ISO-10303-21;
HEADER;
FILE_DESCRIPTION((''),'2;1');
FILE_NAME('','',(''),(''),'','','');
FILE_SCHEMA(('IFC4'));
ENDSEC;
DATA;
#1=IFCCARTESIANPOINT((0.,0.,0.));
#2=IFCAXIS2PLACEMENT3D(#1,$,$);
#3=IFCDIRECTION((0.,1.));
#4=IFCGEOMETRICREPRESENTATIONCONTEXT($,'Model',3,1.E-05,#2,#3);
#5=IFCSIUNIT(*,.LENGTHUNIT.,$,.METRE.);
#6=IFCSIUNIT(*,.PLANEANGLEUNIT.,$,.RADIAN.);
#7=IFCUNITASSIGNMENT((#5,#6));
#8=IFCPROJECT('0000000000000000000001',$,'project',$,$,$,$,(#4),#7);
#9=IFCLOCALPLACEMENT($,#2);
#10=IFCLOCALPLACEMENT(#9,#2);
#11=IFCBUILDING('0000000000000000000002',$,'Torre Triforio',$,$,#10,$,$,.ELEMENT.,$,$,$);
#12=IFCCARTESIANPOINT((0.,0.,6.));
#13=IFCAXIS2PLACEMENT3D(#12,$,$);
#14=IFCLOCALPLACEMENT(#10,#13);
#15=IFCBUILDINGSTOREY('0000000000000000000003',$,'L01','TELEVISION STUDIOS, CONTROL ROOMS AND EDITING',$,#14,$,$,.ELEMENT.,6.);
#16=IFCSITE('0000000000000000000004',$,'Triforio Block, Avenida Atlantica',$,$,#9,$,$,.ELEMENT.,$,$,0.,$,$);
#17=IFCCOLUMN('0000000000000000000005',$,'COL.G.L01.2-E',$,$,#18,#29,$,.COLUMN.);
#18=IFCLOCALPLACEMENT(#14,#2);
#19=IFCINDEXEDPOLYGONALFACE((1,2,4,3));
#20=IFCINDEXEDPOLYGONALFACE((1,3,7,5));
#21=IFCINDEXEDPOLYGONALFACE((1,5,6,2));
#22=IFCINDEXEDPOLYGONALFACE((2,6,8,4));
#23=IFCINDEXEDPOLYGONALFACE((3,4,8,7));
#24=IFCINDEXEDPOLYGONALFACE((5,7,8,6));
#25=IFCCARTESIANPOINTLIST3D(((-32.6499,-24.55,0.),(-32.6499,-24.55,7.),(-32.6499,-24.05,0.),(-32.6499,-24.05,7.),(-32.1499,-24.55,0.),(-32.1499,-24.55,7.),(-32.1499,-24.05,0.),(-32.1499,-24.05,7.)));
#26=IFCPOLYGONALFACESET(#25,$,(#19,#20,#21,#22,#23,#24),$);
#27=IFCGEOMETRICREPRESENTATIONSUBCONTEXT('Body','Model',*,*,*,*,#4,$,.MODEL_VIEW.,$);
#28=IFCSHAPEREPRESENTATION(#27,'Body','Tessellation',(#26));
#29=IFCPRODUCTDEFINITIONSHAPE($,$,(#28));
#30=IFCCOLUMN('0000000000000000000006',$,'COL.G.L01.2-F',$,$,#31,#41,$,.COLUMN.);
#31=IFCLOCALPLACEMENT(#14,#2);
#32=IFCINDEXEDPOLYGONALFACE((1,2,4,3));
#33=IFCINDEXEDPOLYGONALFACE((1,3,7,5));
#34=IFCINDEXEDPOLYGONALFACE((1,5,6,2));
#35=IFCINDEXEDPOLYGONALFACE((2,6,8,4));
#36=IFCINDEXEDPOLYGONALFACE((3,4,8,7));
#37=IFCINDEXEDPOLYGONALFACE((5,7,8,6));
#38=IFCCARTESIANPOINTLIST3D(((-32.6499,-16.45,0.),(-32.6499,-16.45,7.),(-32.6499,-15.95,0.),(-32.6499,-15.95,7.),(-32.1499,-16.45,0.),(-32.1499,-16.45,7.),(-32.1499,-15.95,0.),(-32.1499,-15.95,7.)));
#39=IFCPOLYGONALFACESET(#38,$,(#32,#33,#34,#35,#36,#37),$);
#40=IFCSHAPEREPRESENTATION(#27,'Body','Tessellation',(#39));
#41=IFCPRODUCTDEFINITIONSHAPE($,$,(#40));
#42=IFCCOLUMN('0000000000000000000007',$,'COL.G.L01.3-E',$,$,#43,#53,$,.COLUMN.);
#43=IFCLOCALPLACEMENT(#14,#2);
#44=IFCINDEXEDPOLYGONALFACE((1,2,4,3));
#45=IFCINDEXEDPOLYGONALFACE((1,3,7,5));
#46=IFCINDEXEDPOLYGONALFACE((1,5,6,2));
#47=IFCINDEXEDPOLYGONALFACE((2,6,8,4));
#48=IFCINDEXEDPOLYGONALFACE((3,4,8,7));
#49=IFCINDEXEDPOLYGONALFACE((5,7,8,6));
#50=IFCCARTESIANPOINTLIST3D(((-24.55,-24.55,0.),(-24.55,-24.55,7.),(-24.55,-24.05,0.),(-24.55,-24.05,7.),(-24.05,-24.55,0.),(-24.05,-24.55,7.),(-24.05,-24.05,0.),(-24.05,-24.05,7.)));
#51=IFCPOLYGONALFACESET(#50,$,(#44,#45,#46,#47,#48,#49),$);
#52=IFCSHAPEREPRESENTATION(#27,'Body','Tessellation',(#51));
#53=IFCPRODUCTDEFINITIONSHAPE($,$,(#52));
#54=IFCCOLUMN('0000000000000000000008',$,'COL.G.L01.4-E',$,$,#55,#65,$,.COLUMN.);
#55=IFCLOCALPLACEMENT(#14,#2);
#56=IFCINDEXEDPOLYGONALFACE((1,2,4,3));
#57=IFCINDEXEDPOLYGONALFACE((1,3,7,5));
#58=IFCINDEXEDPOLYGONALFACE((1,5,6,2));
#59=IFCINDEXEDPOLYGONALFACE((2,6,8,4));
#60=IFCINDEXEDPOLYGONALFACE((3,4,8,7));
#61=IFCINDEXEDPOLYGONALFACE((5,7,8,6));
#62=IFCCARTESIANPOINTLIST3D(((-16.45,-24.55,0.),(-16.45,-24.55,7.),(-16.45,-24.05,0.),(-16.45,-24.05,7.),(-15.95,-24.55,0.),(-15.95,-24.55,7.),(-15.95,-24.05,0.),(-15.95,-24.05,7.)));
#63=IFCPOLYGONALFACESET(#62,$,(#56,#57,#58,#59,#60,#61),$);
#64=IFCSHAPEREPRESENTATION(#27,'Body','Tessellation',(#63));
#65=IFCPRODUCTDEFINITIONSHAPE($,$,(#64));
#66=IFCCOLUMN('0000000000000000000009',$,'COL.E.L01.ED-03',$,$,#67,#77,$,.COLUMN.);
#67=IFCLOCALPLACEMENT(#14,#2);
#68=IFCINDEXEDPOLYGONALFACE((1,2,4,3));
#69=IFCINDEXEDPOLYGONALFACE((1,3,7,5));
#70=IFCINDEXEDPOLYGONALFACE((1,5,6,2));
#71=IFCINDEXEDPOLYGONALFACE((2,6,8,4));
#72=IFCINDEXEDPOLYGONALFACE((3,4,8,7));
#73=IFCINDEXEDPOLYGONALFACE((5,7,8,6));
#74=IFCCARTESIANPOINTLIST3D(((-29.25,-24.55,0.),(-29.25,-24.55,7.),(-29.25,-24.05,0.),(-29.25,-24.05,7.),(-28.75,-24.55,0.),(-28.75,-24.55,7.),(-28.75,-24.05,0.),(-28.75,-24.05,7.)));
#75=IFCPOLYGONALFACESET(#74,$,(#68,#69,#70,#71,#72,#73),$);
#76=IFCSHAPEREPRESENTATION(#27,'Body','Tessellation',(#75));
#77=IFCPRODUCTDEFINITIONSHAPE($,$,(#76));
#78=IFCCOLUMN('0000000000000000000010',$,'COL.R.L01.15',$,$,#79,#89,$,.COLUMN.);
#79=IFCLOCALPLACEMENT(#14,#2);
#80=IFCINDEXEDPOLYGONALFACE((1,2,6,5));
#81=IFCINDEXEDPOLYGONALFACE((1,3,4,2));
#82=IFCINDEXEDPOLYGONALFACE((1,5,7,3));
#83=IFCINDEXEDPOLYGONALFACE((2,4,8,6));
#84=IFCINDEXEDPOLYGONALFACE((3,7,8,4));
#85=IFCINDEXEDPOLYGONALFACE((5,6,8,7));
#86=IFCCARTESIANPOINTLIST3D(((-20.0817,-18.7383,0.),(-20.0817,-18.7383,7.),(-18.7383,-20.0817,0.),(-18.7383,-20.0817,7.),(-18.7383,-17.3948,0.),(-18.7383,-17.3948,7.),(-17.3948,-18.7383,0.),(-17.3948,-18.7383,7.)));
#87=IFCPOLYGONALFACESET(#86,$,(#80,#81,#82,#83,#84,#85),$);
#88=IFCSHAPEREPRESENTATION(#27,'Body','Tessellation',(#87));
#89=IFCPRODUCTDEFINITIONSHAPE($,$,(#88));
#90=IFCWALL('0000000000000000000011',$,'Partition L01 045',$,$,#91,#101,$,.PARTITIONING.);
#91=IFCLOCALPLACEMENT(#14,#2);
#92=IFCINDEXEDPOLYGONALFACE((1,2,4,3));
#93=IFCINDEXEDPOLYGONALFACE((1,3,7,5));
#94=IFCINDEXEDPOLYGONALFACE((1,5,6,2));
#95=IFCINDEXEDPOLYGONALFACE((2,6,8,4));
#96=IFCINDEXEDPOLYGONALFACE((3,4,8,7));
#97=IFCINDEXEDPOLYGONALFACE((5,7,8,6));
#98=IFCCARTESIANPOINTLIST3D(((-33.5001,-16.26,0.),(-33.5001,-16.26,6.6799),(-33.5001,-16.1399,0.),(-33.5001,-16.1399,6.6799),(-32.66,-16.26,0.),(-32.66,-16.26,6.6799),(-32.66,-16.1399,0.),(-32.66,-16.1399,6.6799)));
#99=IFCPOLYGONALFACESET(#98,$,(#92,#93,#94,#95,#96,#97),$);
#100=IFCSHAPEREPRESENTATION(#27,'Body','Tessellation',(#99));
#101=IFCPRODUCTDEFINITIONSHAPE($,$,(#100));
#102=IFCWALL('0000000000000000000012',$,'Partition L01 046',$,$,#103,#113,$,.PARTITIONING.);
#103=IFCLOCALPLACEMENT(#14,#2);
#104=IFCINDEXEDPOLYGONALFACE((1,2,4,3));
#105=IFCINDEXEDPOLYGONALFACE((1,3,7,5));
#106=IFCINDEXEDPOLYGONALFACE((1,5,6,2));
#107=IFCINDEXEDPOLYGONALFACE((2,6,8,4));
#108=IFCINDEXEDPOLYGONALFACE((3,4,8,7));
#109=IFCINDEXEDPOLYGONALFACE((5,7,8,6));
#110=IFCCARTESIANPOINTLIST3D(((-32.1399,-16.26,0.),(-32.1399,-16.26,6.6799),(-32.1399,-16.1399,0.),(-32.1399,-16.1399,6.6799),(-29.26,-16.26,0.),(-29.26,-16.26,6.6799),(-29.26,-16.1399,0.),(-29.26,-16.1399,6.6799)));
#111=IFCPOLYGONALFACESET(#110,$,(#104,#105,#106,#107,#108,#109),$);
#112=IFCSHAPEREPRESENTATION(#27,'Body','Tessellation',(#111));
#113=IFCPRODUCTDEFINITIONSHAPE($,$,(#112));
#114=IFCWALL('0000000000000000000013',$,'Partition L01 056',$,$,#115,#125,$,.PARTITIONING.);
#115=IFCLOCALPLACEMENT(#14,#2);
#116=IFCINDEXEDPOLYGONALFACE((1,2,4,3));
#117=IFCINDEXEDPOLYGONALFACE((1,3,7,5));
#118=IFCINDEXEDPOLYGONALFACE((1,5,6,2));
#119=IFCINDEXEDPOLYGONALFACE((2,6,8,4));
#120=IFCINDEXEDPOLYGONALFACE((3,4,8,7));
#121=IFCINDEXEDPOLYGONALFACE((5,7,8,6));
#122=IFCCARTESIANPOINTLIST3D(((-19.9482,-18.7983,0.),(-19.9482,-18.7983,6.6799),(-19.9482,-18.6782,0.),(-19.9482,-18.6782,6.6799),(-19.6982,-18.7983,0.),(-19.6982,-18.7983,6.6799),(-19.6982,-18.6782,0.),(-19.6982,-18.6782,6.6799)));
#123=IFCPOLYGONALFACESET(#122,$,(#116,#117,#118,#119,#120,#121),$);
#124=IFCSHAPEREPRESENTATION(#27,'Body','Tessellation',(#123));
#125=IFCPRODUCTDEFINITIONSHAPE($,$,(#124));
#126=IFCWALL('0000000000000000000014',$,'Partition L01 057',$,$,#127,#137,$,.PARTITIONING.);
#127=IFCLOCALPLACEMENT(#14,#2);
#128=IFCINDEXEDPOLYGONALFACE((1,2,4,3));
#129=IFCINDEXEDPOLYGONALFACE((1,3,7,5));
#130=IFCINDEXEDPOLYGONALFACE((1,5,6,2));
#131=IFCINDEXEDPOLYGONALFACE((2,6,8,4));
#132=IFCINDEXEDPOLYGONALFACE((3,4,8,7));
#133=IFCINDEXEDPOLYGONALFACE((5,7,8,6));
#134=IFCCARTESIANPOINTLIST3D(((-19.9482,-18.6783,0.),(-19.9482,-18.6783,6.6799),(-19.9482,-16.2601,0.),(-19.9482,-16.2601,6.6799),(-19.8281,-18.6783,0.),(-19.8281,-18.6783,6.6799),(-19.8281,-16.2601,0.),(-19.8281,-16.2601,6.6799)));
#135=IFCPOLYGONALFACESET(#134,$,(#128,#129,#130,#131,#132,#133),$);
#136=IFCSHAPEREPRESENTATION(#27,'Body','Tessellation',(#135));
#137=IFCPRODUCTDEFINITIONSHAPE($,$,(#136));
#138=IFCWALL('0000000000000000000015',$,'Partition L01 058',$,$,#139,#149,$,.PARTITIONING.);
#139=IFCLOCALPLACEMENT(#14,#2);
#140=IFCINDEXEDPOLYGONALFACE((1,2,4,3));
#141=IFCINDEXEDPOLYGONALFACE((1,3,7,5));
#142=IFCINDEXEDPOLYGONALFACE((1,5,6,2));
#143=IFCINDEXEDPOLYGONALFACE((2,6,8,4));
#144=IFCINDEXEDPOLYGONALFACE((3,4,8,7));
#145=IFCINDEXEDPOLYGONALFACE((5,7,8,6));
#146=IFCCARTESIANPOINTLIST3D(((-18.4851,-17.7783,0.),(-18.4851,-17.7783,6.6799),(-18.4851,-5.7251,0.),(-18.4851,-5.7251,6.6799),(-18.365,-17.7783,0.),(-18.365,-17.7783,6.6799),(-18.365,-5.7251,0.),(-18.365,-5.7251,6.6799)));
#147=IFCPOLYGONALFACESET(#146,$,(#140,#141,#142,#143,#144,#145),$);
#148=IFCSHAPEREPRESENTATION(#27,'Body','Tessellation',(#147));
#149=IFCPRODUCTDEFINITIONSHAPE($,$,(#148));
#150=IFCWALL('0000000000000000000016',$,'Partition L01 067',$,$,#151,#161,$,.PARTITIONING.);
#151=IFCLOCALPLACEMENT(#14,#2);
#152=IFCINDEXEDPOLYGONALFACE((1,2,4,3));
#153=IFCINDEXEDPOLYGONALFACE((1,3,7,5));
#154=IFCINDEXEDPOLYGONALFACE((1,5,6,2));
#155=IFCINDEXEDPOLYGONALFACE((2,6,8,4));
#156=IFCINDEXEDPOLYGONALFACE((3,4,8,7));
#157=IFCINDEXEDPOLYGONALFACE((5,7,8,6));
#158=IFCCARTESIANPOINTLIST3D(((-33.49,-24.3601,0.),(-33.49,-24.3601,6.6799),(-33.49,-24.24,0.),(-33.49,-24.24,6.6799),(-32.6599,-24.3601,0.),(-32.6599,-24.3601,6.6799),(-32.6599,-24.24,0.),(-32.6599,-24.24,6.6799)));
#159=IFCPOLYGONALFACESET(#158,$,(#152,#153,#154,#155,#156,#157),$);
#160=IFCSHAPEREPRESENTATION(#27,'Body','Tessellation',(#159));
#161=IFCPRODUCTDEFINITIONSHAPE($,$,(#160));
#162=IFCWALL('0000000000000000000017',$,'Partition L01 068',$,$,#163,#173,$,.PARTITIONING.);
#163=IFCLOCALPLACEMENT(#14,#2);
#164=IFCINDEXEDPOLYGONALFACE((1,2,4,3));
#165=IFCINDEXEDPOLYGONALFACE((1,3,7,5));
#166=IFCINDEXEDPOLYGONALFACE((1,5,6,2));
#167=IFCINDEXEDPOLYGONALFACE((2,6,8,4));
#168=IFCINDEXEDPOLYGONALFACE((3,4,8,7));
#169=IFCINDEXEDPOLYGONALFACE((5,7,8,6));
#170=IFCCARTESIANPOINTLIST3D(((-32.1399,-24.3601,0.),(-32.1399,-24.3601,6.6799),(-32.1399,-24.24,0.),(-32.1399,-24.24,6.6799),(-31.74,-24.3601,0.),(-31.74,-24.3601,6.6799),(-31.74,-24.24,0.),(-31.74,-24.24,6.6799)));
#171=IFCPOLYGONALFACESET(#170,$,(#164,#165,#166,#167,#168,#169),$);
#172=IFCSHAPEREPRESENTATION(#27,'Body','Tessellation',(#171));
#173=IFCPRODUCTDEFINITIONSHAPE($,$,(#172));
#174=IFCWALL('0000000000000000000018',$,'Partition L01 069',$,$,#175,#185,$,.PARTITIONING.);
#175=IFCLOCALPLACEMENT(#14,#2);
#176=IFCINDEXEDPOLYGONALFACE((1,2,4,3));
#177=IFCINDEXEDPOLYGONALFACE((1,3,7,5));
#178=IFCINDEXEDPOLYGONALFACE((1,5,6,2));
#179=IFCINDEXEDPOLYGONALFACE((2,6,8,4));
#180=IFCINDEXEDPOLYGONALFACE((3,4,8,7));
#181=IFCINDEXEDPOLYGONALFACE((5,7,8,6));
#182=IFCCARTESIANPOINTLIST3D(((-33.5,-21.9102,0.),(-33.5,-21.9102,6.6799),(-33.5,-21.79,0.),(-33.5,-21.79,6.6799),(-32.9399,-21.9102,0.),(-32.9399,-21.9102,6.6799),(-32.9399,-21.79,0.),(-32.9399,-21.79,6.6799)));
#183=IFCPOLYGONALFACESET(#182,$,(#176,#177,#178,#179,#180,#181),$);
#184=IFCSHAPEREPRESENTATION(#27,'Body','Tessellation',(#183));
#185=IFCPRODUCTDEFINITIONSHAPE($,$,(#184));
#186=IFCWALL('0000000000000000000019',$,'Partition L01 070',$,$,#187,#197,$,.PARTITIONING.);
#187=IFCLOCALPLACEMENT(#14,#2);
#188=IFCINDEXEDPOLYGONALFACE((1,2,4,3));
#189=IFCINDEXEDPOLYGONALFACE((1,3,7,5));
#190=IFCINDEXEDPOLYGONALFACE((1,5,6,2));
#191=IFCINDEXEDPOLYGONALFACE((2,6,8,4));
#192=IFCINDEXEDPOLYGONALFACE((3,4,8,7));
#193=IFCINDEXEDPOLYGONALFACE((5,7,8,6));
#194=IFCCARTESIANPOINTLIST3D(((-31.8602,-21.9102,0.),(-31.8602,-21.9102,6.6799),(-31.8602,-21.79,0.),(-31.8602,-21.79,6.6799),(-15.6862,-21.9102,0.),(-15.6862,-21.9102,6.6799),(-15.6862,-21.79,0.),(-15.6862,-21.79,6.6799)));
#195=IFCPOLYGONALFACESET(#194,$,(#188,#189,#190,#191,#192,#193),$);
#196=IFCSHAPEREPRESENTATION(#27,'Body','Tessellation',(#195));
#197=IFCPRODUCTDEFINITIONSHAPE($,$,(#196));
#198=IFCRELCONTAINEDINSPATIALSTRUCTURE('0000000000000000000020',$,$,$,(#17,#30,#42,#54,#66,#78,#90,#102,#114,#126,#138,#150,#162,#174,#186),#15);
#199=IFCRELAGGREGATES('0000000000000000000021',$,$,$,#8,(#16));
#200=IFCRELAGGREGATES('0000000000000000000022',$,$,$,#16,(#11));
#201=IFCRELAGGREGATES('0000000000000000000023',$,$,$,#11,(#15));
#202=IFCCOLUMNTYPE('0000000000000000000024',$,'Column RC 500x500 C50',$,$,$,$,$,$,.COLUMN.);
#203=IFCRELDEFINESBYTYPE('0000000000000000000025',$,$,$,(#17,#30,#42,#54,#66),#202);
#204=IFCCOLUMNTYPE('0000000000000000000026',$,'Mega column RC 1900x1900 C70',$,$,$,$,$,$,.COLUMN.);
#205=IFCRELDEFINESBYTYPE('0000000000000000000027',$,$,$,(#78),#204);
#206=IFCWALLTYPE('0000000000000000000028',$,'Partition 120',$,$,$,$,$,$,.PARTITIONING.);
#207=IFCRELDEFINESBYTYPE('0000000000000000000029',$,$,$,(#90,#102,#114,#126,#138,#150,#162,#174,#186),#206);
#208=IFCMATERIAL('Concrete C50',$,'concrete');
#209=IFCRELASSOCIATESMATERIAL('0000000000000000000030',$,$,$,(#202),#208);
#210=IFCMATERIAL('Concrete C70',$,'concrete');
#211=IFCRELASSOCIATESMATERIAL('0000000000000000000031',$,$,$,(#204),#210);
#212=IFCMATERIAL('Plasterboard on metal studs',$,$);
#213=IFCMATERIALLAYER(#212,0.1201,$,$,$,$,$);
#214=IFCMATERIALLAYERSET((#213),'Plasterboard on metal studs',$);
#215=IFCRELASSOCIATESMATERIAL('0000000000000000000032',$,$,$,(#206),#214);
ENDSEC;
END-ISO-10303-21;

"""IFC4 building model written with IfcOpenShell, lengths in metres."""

from ifc_helpers import new_model, si_unit, direction, frame, frame_2d, origin, origin_2d, place, context, subcontext, project, spatial, rectangle, extrude, material, layer, layer_set, material_profile, profile_set, type_object, element, save


model = new_model("IFC4")

# Units and contexts
model_context = context("Model", 3, precision=1e-05, world=origin(), true_north=direction((0.0, 1.0)))
body_context = subcontext(model_context, "Body", "Model", "MODEL_VIEW")
ifc_project = project(units=[si_unit("LENGTHUNIT", "METRE"), si_unit("PLANEANGLEUNIT", "RADIAN")], contexts=[model_context])

# Site, building, storey
site_placement = place(None, origin())
site = spatial("IfcSite", under=ifc_project, at=site_placement, Name="Triforio Block, Avenida Atlantica", CompositionType="ELEMENT", RefElevation=0.0)
building_placement = place(site_placement, origin())
building = spatial("IfcBuilding", under=site, at=building_placement, Name="Torre Triforio", CompositionType="ELEMENT")
storey_placement = place(building_placement, frame((0.0, 0.0, 6.0)))
storey = spatial("IfcBuildingStorey", under=building, at=storey_placement, Name="L01", Description="TELEVISION STUDIOS, CONTROL ROOMS AND EDITING", CompositionType="ELEMENT", Elevation=6.0)

# Columns
ifc_material_1 = material(Name="Concrete C50", Category="concrete")
ifc_material_profile_1 = material_profile(ifc_material_1, rectangle(XDim=0.5, YDim=0.5, at=origin_2d()), Name="RC 500x500")
ifc_profile_set_1 = profile_set([ifc_material_profile_1], Name="Concrete C50")
column_type_1 = type_object("IfcColumnType", Name="Column RC 500x500 C50", PredefinedType="COLUMN", material=ifc_profile_set_1)
for number, where, z_axis, x_axis, name in (
    (1, (-32.3999, -24.3, 0.0), (0.0, 0.0, 1.0), (1.0, 0.0, 0.0), "COL.G.L01.2-E"),
    (2, (-32.3999, -16.2, 0.0), (0.0, 0.0, 1.0), (1.0, 0.0, 0.0), "COL.G.L01.2-F"),
    (3, (-24.3, -24.3, 0.0), (0.0, 0.0, 1.0), (1.0, 0.0, 0.0), "COL.G.L01.3-E"),
    (4, (-16.2, -24.3, 0.0), (0.0, 0.0, 1.0), (1.0, 0.0, 0.0), "COL.G.L01.4-E"),
    (5, (-29.0, -24.3, 0.0), (0.0, 0.0, 1.0), (1.0, 0.0, 0.0), "COL.E.L01.ED-03"),
):
    element("IfcColumn", number, at=place(storey_placement, frame(where, z_axis=z_axis, x_axis=x_axis)), inside=storey, type_object=column_type_1, Name=name, PredefinedType="COLUMN", context=body_context, shape_type="SweptSolid", body=[
        extrude(rectangle(XDim=0.5, YDim=0.5, at=origin_2d()), origin(), (0.0, 0.0, 1.0), 7.0),
    ])
ifc_material_2 = material(Name="Concrete C70", Category="concrete")
ifc_material_profile_2 = material_profile(ifc_material_2, rectangle(XDim=1.8999, YDim=1.8999, at=origin_2d()), Name="RC 1900x1900")
ifc_profile_set_2 = profile_set([ifc_material_profile_2], Name="Concrete C70")
column_type_2 = type_object("IfcColumnType", Name="Mega column RC 1900x1900 C70", PredefinedType="COLUMN", material=ifc_profile_set_2)
column_placement = place(storey_placement, frame((-18.7383, -18.7383, 0.0), z_axis=(0.0, 0.0, 1.0), x_axis=(0.707107, -0.707107, 0.0)))
element("IfcColumn", 6, at=column_placement, inside=storey, type_object=column_type_2, Name="COL.R.L01.15", PredefinedType="COLUMN", context=body_context, shape_type="SweptSolid", body=[
    extrude(rectangle(XDim=1.8999, YDim=1.8999, at=origin_2d()), origin(), (0.0, 0.0, 1.0), 7.0),
])

# Walls
ifc_material_3 = material(Name="Plasterboard on metal studs")
ifc_layer_1 = layer(ifc_material_3, 0.1201)
ifc_layer_set_1 = layer_set([ifc_layer_1], Name="Plasterboard on metal studs")
wall_type_1 = type_object("IfcWallType", Name="Partition 120", PredefinedType="PARTITIONING", material=ifc_layer_set_1)
wall_1_placement = place(storey_placement, frame((-33.5, -16.2, 0.0), z_axis=(0.0, 0.0, 1.0), x_axis=(1.0, 0.0, 0.0)))
element("IfcWall", 7, at=wall_1_placement, inside=storey, type_object=wall_type_1, Name="Partition L01 045", PredefinedType="PARTITIONING", context=body_context, shape_type="SweptSolid", body=[
    extrude(rectangle(XDim=0.8401, YDim=0.1201, at=frame_2d((0.4199, 0.0))), origin(), (0.0, 0.0, 1.0), 6.6799),
])
wall_2_placement = place(storey_placement, frame((-32.1399, -16.2, 0.0), z_axis=(0.0, 0.0, 1.0), x_axis=(1.0, 0.0, 0.0)))
element("IfcWall", 8, at=wall_2_placement, inside=storey, type_object=wall_type_1, Name="Partition L01 046", PredefinedType="PARTITIONING", context=body_context, shape_type="SweptSolid", body=[
    extrude(rectangle(XDim=2.8799, YDim=0.1201, at=frame_2d((1.4399, 0.0))), origin(), (0.0, 0.0, 1.0), 6.6799),
])
wall_3_placement = place(storey_placement, frame((-19.9482, -18.7383, 0.0), z_axis=(0.0, 0.0, 1.0), x_axis=(1.0, 0.0, 0.0)))
element("IfcWall", 9, at=wall_3_placement, inside=storey, type_object=wall_type_1, Name="Partition L01 056", PredefinedType="PARTITIONING", context=body_context, shape_type="SweptSolid", body=[
    extrude(rectangle(XDim=0.25, YDim=0.1201, at=frame_2d((0.125, 0.0))), origin(), (0.0, 0.0, 1.0), 6.6799),
])
wall_4_placement = place(storey_placement, frame((-19.8882, -18.6782, 0.0), z_axis=(0.0, 0.0, 1.0), x_axis=(0.0, 1.0, 0.0)))
element("IfcWall", 10, at=wall_4_placement, inside=storey, type_object=wall_type_1, Name="Partition L01 057", PredefinedType="PARTITIONING", context=body_context, shape_type="SweptSolid", body=[
    extrude(rectangle(XDim=2.4182, YDim=0.1201, at=frame_2d((1.209, 0.0))), origin(), (0.0, 0.0, 1.0), 6.6799),
])
wall_5_placement = place(storey_placement, frame((-18.425, -17.7783, 0.0), z_axis=(0.0, 0.0, 1.0), x_axis=(0.0, 1.0, 0.0)))
element("IfcWall", 11, at=wall_5_placement, inside=storey, type_object=wall_type_1, Name="Partition L01 058", PredefinedType="PARTITIONING", context=body_context, shape_type="SweptSolid", body=[
    extrude(rectangle(XDim=12.0532, YDim=0.1201, at=frame_2d((6.0266, 0.0))), origin(), (0.0, 0.0, 1.0), 6.6799),
])
wall_6_placement = place(storey_placement, frame((-33.49, -24.3, 0.0), z_axis=(0.0, 0.0, 1.0), x_axis=(1.0, 0.0, 0.0)))
element("IfcWall", 12, at=wall_6_placement, inside=storey, type_object=wall_type_1, Name="Partition L01 067", PredefinedType="PARTITIONING", context=body_context, shape_type="SweptSolid", body=[
    extrude(rectangle(XDim=0.8301, YDim=0.1201, at=frame_2d((0.415, 0.0))), origin(), (0.0, 0.0, 1.0), 6.6799),
])
wall_7_placement = place(storey_placement, frame((-32.1399, -24.3, 0.0), z_axis=(0.0, 0.0, 1.0), x_axis=(1.0, 0.0, 0.0)))
element("IfcWall", 13, at=wall_7_placement, inside=storey, type_object=wall_type_1, Name="Partition L01 068", PredefinedType="PARTITIONING", context=body_context, shape_type="SweptSolid", body=[
    extrude(rectangle(XDim=0.3999, YDim=0.1201, at=frame_2d((0.2, 0.0))), origin(), (0.0, 0.0, 1.0), 6.6799),
])
wall_8_placement = place(storey_placement, frame((-33.5, -21.8501, 0.0), z_axis=(0.0, 0.0, 1.0), x_axis=(1.0, 0.0, 0.0)))
element("IfcWall", 14, at=wall_8_placement, inside=storey, type_object=wall_type_1, Name="Partition L01 069", PredefinedType="PARTITIONING", context=body_context, shape_type="SweptSolid", body=[
    extrude(rectangle(XDim=0.5601, YDim=0.1201, at=frame_2d((0.28, 0.0))), origin(), (0.0, 0.0, 1.0), 6.6799),
])
wall_9_placement = place(storey_placement, frame((-31.8601, -21.8501, 0.0), z_axis=(0.0, 0.0, 1.0), x_axis=(1.0, 0.0, 0.0)))
element("IfcWall", 15, at=wall_9_placement, inside=storey, type_object=wall_type_1, Name="Partition L01 070", PredefinedType="PARTITIONING", context=body_context, shape_type="SweptSolid", body=[
    extrude(rectangle(XDim=16.1741, YDim=0.1201, at=frame_2d((8.0869, 0.0))), origin(), (0.0, 0.0, 1.0), 6.6799),
])

save(model, "model.ifc")
